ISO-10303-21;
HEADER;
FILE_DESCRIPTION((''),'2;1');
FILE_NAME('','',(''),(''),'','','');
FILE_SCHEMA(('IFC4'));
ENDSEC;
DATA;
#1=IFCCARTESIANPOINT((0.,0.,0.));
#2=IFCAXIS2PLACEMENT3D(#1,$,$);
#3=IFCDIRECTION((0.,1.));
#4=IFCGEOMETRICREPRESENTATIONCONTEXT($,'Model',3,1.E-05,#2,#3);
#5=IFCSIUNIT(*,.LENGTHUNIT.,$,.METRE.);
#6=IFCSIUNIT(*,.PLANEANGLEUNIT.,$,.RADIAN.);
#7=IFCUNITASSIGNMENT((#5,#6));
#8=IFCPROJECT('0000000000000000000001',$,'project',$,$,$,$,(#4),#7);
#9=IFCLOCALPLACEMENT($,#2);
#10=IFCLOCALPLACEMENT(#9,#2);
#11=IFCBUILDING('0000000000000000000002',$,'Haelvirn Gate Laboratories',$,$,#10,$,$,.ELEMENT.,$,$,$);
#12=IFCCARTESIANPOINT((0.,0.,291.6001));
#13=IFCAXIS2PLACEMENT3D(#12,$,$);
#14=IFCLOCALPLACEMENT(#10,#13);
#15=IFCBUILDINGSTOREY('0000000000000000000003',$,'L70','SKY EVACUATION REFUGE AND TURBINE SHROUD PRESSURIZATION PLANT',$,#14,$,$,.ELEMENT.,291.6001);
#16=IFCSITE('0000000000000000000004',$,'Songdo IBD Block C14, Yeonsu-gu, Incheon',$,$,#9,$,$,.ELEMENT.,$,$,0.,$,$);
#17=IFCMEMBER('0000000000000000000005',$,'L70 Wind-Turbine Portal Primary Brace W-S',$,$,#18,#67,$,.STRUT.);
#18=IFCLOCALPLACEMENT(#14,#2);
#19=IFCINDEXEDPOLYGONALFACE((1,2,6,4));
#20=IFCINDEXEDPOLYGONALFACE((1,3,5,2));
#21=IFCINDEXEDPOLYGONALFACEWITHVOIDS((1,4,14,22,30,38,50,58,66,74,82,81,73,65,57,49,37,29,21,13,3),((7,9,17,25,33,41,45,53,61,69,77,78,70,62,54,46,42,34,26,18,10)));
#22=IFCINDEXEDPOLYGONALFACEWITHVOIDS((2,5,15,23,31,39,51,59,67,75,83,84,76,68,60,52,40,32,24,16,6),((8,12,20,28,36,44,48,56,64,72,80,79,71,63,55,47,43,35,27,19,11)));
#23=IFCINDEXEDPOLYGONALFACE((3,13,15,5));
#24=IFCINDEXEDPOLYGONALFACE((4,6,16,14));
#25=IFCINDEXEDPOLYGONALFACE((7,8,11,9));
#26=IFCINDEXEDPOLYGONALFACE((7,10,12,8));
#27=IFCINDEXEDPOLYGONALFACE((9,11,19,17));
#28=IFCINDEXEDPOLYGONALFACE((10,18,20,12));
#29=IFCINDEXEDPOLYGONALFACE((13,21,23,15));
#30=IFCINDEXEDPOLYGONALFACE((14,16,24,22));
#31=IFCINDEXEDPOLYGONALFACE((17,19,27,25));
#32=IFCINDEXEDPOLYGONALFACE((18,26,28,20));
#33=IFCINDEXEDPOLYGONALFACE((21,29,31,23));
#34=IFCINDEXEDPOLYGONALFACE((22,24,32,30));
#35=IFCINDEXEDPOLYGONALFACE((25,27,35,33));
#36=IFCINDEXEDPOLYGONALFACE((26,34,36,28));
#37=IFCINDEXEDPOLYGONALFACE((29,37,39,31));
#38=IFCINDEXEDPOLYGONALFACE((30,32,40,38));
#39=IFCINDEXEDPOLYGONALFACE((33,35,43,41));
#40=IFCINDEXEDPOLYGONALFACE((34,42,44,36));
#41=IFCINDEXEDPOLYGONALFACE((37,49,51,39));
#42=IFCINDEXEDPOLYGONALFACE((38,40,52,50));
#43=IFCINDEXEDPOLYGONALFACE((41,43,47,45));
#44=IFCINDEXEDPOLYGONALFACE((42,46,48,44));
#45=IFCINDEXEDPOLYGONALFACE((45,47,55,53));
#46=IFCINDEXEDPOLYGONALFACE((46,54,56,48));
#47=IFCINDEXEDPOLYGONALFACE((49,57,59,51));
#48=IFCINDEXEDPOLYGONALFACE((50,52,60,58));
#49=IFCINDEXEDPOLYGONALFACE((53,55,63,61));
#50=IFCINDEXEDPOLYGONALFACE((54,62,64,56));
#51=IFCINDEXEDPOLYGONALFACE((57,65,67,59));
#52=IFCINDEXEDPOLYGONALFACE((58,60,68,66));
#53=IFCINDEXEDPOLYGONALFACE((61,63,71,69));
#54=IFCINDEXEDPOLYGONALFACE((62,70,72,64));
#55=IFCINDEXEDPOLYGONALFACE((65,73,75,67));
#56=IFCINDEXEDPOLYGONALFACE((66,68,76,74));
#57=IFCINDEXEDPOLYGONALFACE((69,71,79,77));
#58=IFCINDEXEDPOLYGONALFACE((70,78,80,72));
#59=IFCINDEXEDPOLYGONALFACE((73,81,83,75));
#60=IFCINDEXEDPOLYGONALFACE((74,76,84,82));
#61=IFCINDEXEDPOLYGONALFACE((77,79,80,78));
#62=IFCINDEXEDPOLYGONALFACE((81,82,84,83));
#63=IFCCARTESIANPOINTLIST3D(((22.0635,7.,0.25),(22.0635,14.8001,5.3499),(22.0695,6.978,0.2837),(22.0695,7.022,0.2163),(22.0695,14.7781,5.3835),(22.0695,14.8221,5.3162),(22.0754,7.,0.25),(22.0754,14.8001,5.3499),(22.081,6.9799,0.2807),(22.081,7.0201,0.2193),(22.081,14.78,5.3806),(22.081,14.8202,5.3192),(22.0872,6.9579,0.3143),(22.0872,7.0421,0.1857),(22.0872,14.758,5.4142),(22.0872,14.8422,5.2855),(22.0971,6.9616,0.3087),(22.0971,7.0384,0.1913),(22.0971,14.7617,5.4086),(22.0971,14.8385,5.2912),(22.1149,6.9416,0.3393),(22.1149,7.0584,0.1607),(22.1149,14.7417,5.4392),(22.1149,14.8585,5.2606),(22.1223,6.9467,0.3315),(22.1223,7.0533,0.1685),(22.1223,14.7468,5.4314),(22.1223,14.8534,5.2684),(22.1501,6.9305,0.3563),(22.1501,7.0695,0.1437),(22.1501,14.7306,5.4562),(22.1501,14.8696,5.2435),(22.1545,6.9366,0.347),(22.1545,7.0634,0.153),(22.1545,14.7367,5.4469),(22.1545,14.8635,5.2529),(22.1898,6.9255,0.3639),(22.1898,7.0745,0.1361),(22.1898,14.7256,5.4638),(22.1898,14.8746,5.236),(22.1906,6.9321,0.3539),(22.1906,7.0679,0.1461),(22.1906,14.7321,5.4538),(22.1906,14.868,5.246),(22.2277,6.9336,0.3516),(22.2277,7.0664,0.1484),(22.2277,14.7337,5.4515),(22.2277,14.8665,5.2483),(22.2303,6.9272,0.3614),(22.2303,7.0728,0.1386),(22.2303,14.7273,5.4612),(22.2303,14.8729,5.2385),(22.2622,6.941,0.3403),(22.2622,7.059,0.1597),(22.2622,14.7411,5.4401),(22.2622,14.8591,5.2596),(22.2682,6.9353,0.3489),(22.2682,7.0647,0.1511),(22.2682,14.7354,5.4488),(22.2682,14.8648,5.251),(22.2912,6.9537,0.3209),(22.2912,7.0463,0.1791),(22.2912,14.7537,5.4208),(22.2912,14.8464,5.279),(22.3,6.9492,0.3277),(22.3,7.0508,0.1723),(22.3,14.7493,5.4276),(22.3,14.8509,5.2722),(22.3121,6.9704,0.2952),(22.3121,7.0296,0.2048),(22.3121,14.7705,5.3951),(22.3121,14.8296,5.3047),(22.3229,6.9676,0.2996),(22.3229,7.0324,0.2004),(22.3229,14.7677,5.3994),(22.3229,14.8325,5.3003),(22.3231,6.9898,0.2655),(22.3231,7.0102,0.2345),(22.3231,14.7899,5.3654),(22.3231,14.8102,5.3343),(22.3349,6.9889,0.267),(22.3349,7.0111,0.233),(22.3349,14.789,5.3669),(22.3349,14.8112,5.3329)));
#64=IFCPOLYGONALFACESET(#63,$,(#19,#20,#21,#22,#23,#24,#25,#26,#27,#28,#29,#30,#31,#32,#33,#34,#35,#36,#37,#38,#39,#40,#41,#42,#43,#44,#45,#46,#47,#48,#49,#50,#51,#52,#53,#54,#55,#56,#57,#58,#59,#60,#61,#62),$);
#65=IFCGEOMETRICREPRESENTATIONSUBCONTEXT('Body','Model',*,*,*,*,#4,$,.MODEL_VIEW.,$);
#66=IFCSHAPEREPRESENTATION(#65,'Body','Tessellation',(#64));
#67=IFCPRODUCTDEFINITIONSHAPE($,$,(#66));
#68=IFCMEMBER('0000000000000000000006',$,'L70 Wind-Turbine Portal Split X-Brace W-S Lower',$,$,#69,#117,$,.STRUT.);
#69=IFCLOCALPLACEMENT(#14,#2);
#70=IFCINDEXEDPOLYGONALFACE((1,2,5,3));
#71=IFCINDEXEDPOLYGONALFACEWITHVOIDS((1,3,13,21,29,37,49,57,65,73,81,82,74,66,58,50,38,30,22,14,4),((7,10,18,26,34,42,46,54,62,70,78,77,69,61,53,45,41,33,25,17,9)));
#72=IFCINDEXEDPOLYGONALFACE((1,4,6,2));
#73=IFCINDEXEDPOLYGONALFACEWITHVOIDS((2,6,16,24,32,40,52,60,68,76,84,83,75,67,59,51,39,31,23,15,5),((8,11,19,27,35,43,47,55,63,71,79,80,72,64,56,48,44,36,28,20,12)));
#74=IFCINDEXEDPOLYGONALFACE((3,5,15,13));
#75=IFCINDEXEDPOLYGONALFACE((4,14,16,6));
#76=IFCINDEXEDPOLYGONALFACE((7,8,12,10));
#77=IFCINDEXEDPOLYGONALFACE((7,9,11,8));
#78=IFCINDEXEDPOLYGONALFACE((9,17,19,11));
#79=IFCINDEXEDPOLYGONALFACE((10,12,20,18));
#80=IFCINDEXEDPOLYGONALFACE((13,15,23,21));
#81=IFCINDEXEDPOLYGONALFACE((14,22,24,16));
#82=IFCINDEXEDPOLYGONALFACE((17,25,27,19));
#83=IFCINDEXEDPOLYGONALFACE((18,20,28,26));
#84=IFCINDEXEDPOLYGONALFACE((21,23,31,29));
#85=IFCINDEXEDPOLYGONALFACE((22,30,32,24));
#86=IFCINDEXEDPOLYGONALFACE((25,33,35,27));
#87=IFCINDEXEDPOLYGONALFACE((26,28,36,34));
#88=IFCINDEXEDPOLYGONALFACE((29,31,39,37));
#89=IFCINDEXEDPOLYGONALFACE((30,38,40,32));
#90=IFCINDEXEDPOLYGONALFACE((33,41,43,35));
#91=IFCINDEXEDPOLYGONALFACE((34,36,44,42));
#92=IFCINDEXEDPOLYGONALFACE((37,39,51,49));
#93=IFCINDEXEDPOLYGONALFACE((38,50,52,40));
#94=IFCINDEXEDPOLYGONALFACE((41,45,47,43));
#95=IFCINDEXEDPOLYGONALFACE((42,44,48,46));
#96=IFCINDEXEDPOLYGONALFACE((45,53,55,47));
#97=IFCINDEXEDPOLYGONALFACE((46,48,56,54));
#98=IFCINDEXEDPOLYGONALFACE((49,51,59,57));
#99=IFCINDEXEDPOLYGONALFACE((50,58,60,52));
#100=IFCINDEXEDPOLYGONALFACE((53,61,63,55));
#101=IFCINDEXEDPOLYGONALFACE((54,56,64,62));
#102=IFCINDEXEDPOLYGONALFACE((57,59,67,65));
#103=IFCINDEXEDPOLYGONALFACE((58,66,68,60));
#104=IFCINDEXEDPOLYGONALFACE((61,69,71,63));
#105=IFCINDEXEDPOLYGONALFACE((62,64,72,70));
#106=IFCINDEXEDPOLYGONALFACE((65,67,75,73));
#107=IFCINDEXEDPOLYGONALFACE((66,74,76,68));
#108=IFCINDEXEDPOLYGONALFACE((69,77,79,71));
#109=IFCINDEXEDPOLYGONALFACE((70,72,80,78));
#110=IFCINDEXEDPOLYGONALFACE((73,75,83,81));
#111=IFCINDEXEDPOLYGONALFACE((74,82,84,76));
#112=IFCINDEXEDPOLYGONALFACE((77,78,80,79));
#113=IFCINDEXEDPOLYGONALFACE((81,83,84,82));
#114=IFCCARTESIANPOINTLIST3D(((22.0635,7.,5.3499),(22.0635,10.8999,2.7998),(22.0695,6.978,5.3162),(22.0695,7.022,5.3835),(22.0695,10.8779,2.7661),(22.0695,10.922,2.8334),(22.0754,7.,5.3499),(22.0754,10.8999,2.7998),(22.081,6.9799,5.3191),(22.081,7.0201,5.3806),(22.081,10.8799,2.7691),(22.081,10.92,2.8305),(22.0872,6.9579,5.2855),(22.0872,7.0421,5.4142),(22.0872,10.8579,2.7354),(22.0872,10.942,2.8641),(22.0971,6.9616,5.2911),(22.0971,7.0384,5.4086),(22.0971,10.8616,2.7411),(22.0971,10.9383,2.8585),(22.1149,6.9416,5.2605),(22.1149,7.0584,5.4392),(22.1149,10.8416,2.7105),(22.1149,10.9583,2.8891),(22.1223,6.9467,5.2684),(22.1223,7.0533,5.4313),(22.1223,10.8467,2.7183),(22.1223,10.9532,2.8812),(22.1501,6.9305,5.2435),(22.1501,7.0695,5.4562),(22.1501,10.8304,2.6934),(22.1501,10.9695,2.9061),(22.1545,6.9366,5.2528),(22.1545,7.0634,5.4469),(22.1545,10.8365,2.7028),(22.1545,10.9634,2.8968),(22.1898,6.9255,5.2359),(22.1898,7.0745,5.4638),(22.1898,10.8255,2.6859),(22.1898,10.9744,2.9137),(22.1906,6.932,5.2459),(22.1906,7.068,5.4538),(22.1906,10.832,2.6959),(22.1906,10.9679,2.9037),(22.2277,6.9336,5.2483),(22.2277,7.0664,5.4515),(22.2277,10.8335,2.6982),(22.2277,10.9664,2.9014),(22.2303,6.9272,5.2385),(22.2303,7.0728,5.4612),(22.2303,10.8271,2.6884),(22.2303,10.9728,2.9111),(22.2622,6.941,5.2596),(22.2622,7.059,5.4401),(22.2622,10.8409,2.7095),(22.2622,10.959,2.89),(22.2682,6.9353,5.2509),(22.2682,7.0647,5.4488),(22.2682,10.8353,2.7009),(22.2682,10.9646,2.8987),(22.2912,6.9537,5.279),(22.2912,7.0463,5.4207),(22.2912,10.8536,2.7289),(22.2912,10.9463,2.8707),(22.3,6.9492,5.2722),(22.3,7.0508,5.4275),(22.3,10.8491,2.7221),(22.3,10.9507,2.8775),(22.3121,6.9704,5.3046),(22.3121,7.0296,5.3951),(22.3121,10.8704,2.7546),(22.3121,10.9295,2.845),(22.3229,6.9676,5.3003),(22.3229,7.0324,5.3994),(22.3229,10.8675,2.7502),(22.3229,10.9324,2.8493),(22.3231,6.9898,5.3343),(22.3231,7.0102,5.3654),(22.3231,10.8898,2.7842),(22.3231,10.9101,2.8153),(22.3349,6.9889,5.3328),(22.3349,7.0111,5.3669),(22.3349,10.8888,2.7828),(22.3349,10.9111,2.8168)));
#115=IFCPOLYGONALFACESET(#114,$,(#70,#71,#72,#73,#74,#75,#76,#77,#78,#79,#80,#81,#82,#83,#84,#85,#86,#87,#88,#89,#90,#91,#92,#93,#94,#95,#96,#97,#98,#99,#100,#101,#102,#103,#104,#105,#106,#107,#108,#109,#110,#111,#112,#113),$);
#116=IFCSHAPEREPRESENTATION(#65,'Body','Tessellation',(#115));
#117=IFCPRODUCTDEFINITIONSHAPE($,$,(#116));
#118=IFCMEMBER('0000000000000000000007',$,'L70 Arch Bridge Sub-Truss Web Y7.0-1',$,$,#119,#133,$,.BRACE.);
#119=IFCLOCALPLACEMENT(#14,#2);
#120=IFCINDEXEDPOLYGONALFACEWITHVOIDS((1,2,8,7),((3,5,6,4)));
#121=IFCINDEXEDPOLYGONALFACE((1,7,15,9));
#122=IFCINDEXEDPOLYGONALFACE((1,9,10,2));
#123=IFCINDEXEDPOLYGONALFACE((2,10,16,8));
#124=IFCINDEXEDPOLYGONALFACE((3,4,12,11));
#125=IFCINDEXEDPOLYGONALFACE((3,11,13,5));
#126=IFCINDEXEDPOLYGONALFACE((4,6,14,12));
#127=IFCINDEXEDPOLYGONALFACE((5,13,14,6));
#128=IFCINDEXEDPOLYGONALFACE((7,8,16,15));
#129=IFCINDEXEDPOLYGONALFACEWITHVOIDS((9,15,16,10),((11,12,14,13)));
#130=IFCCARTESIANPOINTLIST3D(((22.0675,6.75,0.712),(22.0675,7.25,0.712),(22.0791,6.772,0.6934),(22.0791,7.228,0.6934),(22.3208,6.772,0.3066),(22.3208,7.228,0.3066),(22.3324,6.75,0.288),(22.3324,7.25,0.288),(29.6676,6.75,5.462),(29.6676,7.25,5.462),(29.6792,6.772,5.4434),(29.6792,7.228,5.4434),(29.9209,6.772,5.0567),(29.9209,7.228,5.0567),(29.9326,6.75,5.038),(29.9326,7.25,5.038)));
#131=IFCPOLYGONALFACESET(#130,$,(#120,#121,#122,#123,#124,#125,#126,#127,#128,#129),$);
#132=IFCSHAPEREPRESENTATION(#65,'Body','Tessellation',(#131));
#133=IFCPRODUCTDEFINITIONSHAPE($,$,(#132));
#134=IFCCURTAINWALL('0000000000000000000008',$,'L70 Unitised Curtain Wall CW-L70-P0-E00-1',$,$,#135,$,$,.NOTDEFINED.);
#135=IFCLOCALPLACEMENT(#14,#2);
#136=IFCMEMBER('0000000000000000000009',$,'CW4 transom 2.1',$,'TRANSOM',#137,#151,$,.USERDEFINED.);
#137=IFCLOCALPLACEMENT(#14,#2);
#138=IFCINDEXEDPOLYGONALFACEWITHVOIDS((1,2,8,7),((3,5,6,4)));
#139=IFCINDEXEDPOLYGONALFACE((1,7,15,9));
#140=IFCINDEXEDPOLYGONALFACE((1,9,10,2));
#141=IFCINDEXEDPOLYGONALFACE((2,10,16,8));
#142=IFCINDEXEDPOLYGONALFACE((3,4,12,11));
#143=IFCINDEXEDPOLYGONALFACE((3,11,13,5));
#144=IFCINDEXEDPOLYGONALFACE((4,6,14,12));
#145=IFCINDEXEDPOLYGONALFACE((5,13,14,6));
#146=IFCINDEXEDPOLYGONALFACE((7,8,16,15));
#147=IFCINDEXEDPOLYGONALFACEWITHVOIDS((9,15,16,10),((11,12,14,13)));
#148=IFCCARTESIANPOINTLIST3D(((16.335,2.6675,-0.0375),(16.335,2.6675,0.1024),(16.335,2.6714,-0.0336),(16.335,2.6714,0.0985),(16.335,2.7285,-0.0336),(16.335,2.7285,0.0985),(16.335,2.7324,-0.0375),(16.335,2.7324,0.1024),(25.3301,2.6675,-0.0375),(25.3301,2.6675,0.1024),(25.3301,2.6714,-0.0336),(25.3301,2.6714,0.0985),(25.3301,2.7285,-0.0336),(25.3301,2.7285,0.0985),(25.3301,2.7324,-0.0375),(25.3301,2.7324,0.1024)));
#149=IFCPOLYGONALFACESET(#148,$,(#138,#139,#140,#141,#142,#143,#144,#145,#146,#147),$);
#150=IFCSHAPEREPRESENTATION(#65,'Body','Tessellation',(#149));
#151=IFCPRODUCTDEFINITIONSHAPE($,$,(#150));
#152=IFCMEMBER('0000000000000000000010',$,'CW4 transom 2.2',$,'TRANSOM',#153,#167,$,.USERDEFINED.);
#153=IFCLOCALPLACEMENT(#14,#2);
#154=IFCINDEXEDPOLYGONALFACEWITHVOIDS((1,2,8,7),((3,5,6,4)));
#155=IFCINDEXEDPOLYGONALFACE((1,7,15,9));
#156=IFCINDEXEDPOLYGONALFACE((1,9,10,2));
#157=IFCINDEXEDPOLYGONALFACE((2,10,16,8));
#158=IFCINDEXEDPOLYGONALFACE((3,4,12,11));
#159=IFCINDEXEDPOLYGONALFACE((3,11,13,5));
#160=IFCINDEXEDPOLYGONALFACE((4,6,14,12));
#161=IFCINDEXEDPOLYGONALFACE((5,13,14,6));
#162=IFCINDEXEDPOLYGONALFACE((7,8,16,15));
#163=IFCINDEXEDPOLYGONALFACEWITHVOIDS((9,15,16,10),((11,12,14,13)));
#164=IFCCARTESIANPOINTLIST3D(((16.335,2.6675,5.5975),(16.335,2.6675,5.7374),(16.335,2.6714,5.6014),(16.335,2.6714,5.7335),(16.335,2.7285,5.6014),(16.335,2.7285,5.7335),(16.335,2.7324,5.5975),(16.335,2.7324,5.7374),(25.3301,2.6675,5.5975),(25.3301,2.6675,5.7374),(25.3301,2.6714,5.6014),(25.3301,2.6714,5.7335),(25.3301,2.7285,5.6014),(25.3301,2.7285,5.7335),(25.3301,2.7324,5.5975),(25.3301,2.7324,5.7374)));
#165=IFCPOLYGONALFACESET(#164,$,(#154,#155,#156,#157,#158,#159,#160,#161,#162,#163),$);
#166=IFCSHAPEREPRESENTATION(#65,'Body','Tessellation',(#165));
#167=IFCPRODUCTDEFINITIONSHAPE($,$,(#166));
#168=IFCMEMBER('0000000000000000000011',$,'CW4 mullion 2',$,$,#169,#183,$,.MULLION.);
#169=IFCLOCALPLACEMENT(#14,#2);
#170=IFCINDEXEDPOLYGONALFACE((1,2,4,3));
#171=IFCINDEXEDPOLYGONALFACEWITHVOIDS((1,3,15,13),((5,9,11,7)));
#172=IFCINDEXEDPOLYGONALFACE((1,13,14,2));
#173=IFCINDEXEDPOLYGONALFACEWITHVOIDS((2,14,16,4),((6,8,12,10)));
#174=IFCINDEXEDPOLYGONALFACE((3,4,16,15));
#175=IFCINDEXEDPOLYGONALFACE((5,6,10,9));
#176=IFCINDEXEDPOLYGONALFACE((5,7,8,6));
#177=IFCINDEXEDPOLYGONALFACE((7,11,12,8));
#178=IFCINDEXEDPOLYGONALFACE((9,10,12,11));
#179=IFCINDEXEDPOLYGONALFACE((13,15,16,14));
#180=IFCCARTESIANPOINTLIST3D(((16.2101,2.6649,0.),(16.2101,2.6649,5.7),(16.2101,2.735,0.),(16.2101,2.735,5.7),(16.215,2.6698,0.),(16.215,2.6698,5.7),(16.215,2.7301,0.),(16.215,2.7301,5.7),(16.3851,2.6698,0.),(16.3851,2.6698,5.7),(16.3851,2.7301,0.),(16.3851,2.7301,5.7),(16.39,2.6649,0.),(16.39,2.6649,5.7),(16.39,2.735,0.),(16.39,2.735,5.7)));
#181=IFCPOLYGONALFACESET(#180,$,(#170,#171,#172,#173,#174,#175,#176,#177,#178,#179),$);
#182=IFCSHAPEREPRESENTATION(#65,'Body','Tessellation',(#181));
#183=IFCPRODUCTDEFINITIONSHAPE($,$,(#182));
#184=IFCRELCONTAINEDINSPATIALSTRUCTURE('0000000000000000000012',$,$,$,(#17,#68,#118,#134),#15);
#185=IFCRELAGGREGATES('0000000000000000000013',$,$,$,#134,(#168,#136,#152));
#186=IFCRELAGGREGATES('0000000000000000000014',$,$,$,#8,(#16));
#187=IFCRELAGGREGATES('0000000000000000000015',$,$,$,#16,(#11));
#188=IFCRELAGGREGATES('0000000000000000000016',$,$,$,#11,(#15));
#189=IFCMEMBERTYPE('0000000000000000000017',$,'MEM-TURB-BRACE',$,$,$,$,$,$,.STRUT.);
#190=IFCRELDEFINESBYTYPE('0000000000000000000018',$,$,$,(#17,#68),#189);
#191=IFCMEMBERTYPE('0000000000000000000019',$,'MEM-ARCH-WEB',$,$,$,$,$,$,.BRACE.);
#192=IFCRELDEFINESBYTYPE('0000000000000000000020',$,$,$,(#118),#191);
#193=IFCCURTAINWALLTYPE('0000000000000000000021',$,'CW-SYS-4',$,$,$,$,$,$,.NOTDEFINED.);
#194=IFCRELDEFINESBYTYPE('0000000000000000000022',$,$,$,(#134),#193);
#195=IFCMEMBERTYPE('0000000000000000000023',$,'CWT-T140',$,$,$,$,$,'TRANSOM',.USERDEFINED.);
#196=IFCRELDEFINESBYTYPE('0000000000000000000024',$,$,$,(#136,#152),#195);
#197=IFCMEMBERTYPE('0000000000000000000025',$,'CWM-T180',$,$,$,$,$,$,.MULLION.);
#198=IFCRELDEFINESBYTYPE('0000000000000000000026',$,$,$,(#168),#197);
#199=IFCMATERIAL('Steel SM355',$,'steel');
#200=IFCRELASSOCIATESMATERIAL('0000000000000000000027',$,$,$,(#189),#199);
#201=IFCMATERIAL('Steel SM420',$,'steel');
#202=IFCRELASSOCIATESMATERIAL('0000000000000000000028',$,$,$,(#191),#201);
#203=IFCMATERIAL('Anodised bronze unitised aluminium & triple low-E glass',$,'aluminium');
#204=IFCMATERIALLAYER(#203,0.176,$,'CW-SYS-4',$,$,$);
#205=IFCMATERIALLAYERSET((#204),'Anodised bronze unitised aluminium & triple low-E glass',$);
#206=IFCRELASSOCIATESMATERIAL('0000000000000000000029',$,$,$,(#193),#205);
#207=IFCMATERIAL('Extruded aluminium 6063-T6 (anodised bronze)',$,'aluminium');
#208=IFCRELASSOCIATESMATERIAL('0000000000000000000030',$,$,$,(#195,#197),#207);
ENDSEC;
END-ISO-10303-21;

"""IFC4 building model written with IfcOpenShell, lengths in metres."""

from ifc_helpers import new_model, si_unit, direction, frame, origin, origin_2d, place, context, subcontext, project, spatial, hollow_rectangle, hollow_circle, extrude, source, transform, mapped, material, layer, layer_set, material_profile, profile_set, type_object, type_shapes, element, aggregate, save


model = new_model("IFC4")

# Units and contexts
model_context = context("Model", 3, precision=1e-05, world=origin(), true_north=direction((0.0, 1.0)))
body_context = subcontext(model_context, "Body", "Model", "MODEL_VIEW")
ifc_project = project(units=[si_unit("LENGTHUNIT", "METRE"), si_unit("PLANEANGLEUNIT", "RADIAN")], contexts=[model_context])

# Site, building, storey
site_placement = place(None, origin())
site = spatial("IfcSite", under=ifc_project, at=site_placement, Name="Songdo IBD Block C14, Yeonsu-gu, Incheon", CompositionType="ELEMENT", RefElevation=0.0)
building_placement = place(site_placement, origin())
building = spatial("IfcBuilding", under=site, at=building_placement, Name="Haelvirn Gate Laboratories", CompositionType="ELEMENT")
storey_placement = place(building_placement, frame((0.0, 0.0, 291.6001)))
storey = spatial("IfcBuildingStorey", under=building, at=storey_placement, Name="L70", Description="SKY EVACUATION REFUGE AND TURBINE SHROUD PRESSURIZATION PLANT", CompositionType="ELEMENT", Elevation=291.6001)

# Shared definitions
ifc_material_1 = material(Name="Steel SM420", Category="steel")
ifc_material_2 = material(Name="Steel SM355", Category="steel")

# Members
ifc_material_profile_1 = material_profile(ifc_material_2, hollow_circle(Radius=0.1365, WallThickness=0.012, at=origin_2d()), Name="CHS-273x12")
ifc_profile_set_1 = profile_set([ifc_material_profile_1], Name="Steel SM355")
member_type_1 = type_object("IfcMemberType", Name="MEM-TURB-BRACE", PredefinedType="STRUT", material=ifc_profile_set_1)
shared_shape_1 = source(origin(), body_context, "Body", "SweptSolid", [
    extrude(hollow_circle(Radius=0.1365, WallThickness=0.012, at=origin_2d()), origin(), (0.0, 0.0, 1.0), 9.3193),
])
member_1_placement = place(storey_placement, frame((22.2, 7.0, 0.25), z_axis=(0.0, 0.836978, 0.547236), x_axis=(-1.0, 0.0, 0.0)))
element("IfcMember", 1, at=member_1_placement, inside=storey, type_object=member_type_1, Name="L70 Wind-Turbine Portal Primary Brace W-S", PredefinedType="STRUT", context=body_context, shape_type="MappedRepresentation", body=[
    mapped(shared_shape_1, transform((0.0, 0.0, 0.0), scale=1.0)),
])
shared_shape_2 = source(origin(), body_context, "Body", "SweptSolid", [
    extrude(hollow_circle(Radius=0.1365, WallThickness=0.012, at=origin_2d()), origin(), (0.0, 0.0, 1.0), 4.6597),
])
type_shapes(member_type_1, [shared_shape_1, shared_shape_2])
member_2_placement = place(storey_placement, frame((22.2, 7.0, 5.3499), z_axis=(0.0, 0.836959, -0.547266), x_axis=(-1.0, 0.0, 0.0)))
element("IfcMember", 2, at=member_2_placement, inside=storey, type_object=member_type_1, Name="L70 Wind-Turbine Portal Split X-Brace W-S Lower", PredefinedType="STRUT", context=body_context, shape_type="MappedRepresentation", body=[
    mapped(shared_shape_2, transform((0.0, 0.0, 0.0), scale=1.0)),
])
ifc_material_profile_2 = material_profile(ifc_material_1, hollow_rectangle(XDim=0.5, YDim=0.5, WallThickness=0.022, at=origin_2d()), Name="BOX-500x500x22")
ifc_profile_set_2 = profile_set([ifc_material_profile_2], Name="Steel SM420")
member_type_2 = type_object("IfcMemberType", Name="MEM-ARCH-WEB", PredefinedType="BRACE", material=ifc_profile_set_2)
shared_shape_3 = source(origin(), body_context, "Body", "SweptSolid", [
    extrude(hollow_rectangle(XDim=0.5, YDim=0.5, WallThickness=0.022, at=origin_2d()), origin(), (0.0, 0.0, 1.0), 8.9624),
])
type_shapes(member_type_2, [shared_shape_3])
member_3_placement = place(storey_placement, frame((22.2, 7.0, 0.5), z_axis=(0.848001, 0.0, 0.529994), x_axis=(0.0, 1.0, 0.0)))
element("IfcMember", 3, at=member_3_placement, inside=storey, type_object=member_type_2, Name="L70 Arch Bridge Sub-Truss Web Y7.0-1", PredefinedType="BRACE", context=body_context, shape_type="MappedRepresentation", body=[
    mapped(shared_shape_3, transform((0.0, 0.0, 0.0), scale=1.0)),
])

# Curtain wall, members
ifc_material_3 = material(Name="Anodised bronze unitised aluminium & triple low-E glass", Category="aluminium")
ifc_layer_1 = layer(ifc_material_3, 0.176, Name="CW-SYS-4")
ifc_layer_set_1 = layer_set([ifc_layer_1], Name="Anodised bronze unitised aluminium & triple low-E glass")
curtain_wall_type = type_object("IfcCurtainWallType", Name="CW-SYS-4", PredefinedType="NOTDEFINED", material=ifc_layer_set_1)
curtain_wall_placement = place(storey_placement, origin())
curtain_wall = element("IfcCurtainWall", 4, at=curtain_wall_placement, inside=storey, type_object=curtain_wall_type, Name="L70 Unitised Curtain Wall CW-L70-P0-E00-1", PredefinedType="NOTDEFINED")
ifc_material_4 = material(Name="Extruded aluminium 6063-T6 (anodised bronze)", Category="aluminium")
ifc_material_profile_3 = material_profile(ifc_material_4, hollow_rectangle(XDim=0.0649, YDim=0.1399, WallThickness=0.0039, at=origin_2d()), Name="CWT-140x65x4")
ifc_profile_set_3 = profile_set([ifc_material_profile_3], Name="Extruded aluminium 6063-T6 (anodised bronze)")
member_type_3 = type_object("IfcMemberType", Name="CWT-T140", ElementType="TRANSOM", PredefinedType="USERDEFINED", material=ifc_profile_set_3)
shared_shape_4 = source(origin(), body_context, "Body", "SweptSolid", [
    extrude(hollow_rectangle(XDim=0.0649, YDim=0.1399, WallThickness=0.0039, at=origin_2d()), origin(), (0.0, 0.0, 1.0), 8.9951),
])
type_shapes(member_type_3, [shared_shape_4])
member_4_placement = place(storey_placement, frame((16.335, 2.7, 0.0325), z_axis=(1.0, 0.0, 0.0), x_axis=(0.0, 1.0, 0.0)))
member_4 = element("IfcMember", 5, at=member_4_placement, type_object=member_type_3, Name="CW4 transom 2.1", ObjectType="TRANSOM", PredefinedType="USERDEFINED", context=body_context, shape_type="MappedRepresentation", body=[
    mapped(shared_shape_4, transform((0.0, 0.0, 0.0), scale=1.0)),
])
member_5_placement = place(storey_placement, frame((16.335, 2.7, 5.6675), z_axis=(1.0, 0.0, 0.0), x_axis=(0.0, 1.0, 0.0)))
member_5 = element("IfcMember", 6, at=member_5_placement, type_object=member_type_3, Name="CW4 transom 2.2", ObjectType="TRANSOM", PredefinedType="USERDEFINED", context=body_context, shape_type="MappedRepresentation", body=[
    mapped(shared_shape_4, transform((0.0, 0.0, 0.0), scale=1.0)),
])
ifc_material_profile_4 = material_profile(ifc_material_4, hollow_rectangle(XDim=0.0701, YDim=0.1799, WallThickness=0.0049, at=origin_2d()), Name="CWM-180x70x5")
ifc_profile_set_4 = profile_set([ifc_material_profile_4], Name="Extruded aluminium 6063-T6 (anodised bronze)")
member_type_4 = type_object("IfcMemberType", Name="CWM-T180", PredefinedType="MULLION", material=ifc_profile_set_4)
shared_shape_5 = source(origin(), body_context, "Body", "SweptSolid", [
    extrude(hollow_rectangle(XDim=0.0701, YDim=0.1799, WallThickness=0.0049, at=origin_2d()), origin(), (0.0, 0.0, 1.0), 5.7),
])
type_shapes(member_type_4, [shared_shape_5])
member_6_placement = place(storey_placement, frame((16.3, 2.7, 0.0), z_axis=(0.0, 0.0, 1.0), x_axis=(0.0, 1.0, 0.0)))
member_6 = element("IfcMember", 7, at=member_6_placement, type_object=member_type_4, Name="CW4 mullion 2", PredefinedType="MULLION", context=body_context, shape_type="MappedRepresentation", body=[
    mapped(shared_shape_5, transform((0.0, 0.0, 0.0), scale=1.0)),
])

aggregate(curtain_wall, [member_6, member_4, member_5])

save(model, "model.ifc")
